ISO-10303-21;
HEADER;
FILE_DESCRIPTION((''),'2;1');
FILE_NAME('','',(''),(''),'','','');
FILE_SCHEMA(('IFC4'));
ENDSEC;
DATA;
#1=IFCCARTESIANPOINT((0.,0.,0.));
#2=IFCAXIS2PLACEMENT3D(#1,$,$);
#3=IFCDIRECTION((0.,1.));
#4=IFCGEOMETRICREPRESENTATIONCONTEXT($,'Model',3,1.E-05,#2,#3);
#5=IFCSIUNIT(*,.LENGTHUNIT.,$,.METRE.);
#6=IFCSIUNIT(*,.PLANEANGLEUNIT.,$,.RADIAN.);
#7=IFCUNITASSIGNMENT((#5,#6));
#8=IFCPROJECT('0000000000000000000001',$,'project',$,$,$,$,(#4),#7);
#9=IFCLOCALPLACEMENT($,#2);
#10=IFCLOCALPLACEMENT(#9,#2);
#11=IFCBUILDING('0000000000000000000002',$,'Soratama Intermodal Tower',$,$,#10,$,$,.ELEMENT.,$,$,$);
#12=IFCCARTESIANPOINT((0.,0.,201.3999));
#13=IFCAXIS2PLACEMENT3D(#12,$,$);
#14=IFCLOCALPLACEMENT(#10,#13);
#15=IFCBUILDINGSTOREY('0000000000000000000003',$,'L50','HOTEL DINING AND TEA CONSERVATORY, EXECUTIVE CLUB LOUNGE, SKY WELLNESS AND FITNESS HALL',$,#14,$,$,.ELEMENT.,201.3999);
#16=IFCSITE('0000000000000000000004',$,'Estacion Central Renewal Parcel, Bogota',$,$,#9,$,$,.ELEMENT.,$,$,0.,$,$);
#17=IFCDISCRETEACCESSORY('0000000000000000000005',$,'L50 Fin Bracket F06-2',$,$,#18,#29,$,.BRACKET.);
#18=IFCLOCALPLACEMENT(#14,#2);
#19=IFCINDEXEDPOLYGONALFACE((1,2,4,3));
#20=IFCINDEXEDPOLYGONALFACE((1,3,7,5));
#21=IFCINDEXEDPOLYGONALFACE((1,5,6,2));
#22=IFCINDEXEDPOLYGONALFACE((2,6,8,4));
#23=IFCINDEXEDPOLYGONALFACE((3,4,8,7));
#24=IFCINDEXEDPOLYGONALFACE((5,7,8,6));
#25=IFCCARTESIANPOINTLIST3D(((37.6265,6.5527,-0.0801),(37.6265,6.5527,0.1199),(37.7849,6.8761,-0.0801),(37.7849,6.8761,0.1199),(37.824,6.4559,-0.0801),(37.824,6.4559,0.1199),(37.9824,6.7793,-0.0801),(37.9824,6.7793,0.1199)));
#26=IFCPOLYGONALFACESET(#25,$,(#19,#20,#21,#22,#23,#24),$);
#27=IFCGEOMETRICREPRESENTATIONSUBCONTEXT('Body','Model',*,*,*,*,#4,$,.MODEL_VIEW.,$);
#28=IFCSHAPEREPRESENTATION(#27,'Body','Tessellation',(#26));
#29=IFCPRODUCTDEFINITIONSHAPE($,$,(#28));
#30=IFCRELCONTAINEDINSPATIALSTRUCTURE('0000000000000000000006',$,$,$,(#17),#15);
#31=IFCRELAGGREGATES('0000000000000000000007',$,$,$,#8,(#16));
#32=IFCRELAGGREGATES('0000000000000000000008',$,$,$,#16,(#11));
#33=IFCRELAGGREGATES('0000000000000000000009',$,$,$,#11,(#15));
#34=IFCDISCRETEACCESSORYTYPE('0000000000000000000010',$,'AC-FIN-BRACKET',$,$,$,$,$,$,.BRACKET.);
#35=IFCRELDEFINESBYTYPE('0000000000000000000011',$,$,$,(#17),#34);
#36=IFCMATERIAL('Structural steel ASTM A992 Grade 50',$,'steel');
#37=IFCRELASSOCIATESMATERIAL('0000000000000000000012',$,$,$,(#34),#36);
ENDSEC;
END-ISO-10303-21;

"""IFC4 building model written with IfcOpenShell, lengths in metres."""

from ifc_helpers import new_model, si_unit, direction, frame, origin, origin_2d, place, context, subcontext, project, spatial, rectangle, extrude, material, type_object, element, save


model = new_model("IFC4")

# Units and contexts
model_context = context("Model", 3, precision=1e-05, world=origin(), true_north=direction((0.0, 1.0)))
body_context = subcontext(model_context, "Body", "Model", "MODEL_VIEW")
ifc_project = project(units=[si_unit("LENGTHUNIT", "METRE"), si_unit("PLANEANGLEUNIT", "RADIAN")], contexts=[model_context])

# Site, building, storey
site_placement = place(None, origin())
site = spatial("IfcSite", under=ifc_project, at=site_placement, Name="Estacion Central Renewal Parcel, Bogota", CompositionType="ELEMENT", RefElevation=0.0)
building_placement = place(site_placement, origin())
building = spatial("IfcBuilding", under=site, at=building_placement, Name="Soratama Intermodal Tower", CompositionType="ELEMENT")
storey_placement = place(building_placement, frame((0.0, 0.0, 201.3999)))
storey = spatial("IfcBuildingStorey", under=building, at=storey_placement, Name="L50", Description="HOTEL DINING AND TEA CONSERVATORY, EXECUTIVE CLUB LOUNGE, SKY WELLNESS AND FITNESS HALL", CompositionType="ELEMENT", Elevation=201.3999)

# Discrete accessory
ifc_material_1 = material(Name="Structural steel ASTM A992 Grade 50", Category="steel")
discrete_accessory_type = type_object("IfcDiscreteAccessoryType", Name="AC-FIN-BRACKET", PredefinedType="BRACKET", material=ifc_material_1)
for number, where, z_axis, x_axis, name in (
    (1, (37.8044, 6.666, -0.0801), (0.0, 0.0, 1.0), (-0.439939, -0.898028, 0.0), "L50 Fin Bracket F06-2"),
):
    element("IfcDiscreteAccessory", number, at=place(storey_placement, frame(where, z_axis=z_axis, x_axis=x_axis)), inside=storey, type_object=discrete_accessory_type, Name=name, PredefinedType="BRACKET", context=body_context, shape_type="SweptSolid", body=[
        extrude(rectangle(XDim=0.3601, YDim=0.22, at=origin_2d()), origin(), (0.0, 0.0, 1.0), 0.2),
    ])

save(model, "model.ifc")
